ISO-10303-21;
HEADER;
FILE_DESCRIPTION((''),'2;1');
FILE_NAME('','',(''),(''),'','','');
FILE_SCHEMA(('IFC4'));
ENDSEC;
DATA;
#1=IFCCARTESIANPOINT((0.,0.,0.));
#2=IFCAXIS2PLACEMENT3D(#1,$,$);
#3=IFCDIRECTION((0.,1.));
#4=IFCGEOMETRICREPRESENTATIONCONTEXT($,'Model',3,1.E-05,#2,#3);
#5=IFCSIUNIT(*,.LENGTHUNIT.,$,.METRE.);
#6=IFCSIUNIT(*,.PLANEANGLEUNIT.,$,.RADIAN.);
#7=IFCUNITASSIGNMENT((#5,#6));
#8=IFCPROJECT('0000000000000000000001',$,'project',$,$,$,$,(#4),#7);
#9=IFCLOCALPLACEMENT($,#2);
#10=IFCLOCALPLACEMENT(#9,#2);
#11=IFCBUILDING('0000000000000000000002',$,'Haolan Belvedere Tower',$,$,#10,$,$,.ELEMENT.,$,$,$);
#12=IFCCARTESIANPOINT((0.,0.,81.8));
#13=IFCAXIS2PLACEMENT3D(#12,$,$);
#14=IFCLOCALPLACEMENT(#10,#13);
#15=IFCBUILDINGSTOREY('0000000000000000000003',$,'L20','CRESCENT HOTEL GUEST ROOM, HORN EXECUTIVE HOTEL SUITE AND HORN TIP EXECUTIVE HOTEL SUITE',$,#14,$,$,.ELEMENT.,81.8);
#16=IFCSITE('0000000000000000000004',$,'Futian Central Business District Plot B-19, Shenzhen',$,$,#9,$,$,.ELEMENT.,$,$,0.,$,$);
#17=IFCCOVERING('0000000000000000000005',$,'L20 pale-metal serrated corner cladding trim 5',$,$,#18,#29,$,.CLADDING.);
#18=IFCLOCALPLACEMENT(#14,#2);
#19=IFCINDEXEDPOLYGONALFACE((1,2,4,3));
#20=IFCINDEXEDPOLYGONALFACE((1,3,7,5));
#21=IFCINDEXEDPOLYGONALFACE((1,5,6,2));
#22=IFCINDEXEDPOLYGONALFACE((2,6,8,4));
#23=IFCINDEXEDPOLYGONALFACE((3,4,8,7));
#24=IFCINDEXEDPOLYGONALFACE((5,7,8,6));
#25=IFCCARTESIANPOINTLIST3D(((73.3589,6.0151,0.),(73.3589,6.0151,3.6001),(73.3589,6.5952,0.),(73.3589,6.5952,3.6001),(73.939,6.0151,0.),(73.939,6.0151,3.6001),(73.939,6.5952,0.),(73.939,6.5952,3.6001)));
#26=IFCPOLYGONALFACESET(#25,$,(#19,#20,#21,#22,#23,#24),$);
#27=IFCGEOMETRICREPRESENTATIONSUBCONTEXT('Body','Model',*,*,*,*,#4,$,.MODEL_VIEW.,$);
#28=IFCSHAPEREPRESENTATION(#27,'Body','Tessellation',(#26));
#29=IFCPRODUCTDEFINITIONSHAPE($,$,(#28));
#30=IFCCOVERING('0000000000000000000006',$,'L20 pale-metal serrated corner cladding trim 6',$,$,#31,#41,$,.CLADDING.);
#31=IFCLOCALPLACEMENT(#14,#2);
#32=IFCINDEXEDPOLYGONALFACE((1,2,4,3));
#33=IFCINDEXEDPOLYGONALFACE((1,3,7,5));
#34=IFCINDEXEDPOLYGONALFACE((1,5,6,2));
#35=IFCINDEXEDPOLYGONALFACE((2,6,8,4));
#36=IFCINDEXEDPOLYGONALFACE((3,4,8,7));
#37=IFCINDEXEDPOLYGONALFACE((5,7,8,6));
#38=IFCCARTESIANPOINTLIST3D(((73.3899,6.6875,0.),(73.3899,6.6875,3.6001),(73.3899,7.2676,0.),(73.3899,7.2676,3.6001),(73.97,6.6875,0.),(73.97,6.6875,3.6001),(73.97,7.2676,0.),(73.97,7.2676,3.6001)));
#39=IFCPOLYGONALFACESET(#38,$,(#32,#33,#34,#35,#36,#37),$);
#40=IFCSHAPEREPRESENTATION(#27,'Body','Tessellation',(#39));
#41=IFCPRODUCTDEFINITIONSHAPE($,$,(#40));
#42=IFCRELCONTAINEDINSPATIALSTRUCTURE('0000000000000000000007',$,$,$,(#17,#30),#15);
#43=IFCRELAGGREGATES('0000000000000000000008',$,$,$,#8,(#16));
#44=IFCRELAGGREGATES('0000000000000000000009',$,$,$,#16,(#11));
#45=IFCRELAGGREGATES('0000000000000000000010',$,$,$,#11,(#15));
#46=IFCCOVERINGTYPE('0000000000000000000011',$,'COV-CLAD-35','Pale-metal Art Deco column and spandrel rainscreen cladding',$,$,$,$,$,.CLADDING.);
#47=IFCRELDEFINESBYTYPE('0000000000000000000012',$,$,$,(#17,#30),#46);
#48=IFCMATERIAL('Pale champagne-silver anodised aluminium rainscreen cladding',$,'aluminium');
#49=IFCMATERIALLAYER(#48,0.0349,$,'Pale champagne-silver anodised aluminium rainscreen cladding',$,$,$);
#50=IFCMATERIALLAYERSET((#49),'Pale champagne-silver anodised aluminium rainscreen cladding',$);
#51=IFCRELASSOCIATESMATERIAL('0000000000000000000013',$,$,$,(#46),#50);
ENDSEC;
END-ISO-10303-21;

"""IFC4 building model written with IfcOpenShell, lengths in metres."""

from ifc_helpers import new_model, si_unit, direction, frame, origin, origin_2d, place, context, subcontext, project, spatial, rectangle, extrude, material, layer, layer_set, type_object, element, save


model = new_model("IFC4")

# Units and contexts
model_context = context("Model", 3, precision=1e-05, world=origin(), true_north=direction((0.0, 1.0)))
body_context = subcontext(model_context, "Body", "Model", "MODEL_VIEW")
ifc_project = project(units=[si_unit("LENGTHUNIT", "METRE"), si_unit("PLANEANGLEUNIT", "RADIAN")], contexts=[model_context])

# Site, building, storey
site_placement = place(None, origin())
site = spatial("IfcSite", under=ifc_project, at=site_placement, Name="Futian Central Business District Plot B-19, Shenzhen", CompositionType="ELEMENT", RefElevation=0.0)
building_placement = place(site_placement, origin())
building = spatial("IfcBuilding", under=site, at=building_placement, Name="Haolan Belvedere Tower", CompositionType="ELEMENT")
storey_placement = place(building_placement, frame((0.0, 0.0, 81.8)))
storey = spatial("IfcBuildingStorey", under=building, at=storey_placement, Name="L20", Description="CRESCENT HOTEL GUEST ROOM, HORN EXECUTIVE HOTEL SUITE AND HORN TIP EXECUTIVE HOTEL SUITE", CompositionType="ELEMENT", Elevation=81.8)

# Coverings
ifc_material_1 = material(Name="Pale champagne-silver anodised aluminium rainscreen cladding", Category="aluminium")
ifc_layer_1 = layer(ifc_material_1, 0.0349, Name="Pale champagne-silver anodised aluminium rainscreen cladding")
ifc_layer_set_1 = layer_set([ifc_layer_1], Name="Pale champagne-silver anodised aluminium rainscreen cladding")
covering_type = type_object("IfcCoveringType", Name="COV-CLAD-35", Description="Pale-metal Art Deco column and spandrel rainscreen cladding", PredefinedType="CLADDING", material=ifc_layer_set_1)
for number, where, z_axis, x_axis, name in (
    (1, (73.6489, 6.3052, 0.0), (0.0, 0.0, 1.0), (1.0, 0.0, 0.0), "L20 pale-metal serrated corner cladding trim 5"),
    (2, (73.6799, 6.9775, 0.0), (0.0, 0.0, 1.0), (1.0, 0.0, 0.0), "L20 pale-metal serrated corner cladding trim 6"),
):
    element("IfcCovering", number, at=place(storey_placement, frame(where, z_axis=z_axis, x_axis=x_axis)), inside=storey, type_object=covering_type, Name=name, PredefinedType="CLADDING", context=body_context, shape_type="SweptSolid", body=[
        extrude(rectangle(XDim=0.5801, YDim=0.5801, at=origin_2d()), origin(), (0.0, 0.0, 1.0), 3.6001),
    ])

save(model, "model.ifc")
